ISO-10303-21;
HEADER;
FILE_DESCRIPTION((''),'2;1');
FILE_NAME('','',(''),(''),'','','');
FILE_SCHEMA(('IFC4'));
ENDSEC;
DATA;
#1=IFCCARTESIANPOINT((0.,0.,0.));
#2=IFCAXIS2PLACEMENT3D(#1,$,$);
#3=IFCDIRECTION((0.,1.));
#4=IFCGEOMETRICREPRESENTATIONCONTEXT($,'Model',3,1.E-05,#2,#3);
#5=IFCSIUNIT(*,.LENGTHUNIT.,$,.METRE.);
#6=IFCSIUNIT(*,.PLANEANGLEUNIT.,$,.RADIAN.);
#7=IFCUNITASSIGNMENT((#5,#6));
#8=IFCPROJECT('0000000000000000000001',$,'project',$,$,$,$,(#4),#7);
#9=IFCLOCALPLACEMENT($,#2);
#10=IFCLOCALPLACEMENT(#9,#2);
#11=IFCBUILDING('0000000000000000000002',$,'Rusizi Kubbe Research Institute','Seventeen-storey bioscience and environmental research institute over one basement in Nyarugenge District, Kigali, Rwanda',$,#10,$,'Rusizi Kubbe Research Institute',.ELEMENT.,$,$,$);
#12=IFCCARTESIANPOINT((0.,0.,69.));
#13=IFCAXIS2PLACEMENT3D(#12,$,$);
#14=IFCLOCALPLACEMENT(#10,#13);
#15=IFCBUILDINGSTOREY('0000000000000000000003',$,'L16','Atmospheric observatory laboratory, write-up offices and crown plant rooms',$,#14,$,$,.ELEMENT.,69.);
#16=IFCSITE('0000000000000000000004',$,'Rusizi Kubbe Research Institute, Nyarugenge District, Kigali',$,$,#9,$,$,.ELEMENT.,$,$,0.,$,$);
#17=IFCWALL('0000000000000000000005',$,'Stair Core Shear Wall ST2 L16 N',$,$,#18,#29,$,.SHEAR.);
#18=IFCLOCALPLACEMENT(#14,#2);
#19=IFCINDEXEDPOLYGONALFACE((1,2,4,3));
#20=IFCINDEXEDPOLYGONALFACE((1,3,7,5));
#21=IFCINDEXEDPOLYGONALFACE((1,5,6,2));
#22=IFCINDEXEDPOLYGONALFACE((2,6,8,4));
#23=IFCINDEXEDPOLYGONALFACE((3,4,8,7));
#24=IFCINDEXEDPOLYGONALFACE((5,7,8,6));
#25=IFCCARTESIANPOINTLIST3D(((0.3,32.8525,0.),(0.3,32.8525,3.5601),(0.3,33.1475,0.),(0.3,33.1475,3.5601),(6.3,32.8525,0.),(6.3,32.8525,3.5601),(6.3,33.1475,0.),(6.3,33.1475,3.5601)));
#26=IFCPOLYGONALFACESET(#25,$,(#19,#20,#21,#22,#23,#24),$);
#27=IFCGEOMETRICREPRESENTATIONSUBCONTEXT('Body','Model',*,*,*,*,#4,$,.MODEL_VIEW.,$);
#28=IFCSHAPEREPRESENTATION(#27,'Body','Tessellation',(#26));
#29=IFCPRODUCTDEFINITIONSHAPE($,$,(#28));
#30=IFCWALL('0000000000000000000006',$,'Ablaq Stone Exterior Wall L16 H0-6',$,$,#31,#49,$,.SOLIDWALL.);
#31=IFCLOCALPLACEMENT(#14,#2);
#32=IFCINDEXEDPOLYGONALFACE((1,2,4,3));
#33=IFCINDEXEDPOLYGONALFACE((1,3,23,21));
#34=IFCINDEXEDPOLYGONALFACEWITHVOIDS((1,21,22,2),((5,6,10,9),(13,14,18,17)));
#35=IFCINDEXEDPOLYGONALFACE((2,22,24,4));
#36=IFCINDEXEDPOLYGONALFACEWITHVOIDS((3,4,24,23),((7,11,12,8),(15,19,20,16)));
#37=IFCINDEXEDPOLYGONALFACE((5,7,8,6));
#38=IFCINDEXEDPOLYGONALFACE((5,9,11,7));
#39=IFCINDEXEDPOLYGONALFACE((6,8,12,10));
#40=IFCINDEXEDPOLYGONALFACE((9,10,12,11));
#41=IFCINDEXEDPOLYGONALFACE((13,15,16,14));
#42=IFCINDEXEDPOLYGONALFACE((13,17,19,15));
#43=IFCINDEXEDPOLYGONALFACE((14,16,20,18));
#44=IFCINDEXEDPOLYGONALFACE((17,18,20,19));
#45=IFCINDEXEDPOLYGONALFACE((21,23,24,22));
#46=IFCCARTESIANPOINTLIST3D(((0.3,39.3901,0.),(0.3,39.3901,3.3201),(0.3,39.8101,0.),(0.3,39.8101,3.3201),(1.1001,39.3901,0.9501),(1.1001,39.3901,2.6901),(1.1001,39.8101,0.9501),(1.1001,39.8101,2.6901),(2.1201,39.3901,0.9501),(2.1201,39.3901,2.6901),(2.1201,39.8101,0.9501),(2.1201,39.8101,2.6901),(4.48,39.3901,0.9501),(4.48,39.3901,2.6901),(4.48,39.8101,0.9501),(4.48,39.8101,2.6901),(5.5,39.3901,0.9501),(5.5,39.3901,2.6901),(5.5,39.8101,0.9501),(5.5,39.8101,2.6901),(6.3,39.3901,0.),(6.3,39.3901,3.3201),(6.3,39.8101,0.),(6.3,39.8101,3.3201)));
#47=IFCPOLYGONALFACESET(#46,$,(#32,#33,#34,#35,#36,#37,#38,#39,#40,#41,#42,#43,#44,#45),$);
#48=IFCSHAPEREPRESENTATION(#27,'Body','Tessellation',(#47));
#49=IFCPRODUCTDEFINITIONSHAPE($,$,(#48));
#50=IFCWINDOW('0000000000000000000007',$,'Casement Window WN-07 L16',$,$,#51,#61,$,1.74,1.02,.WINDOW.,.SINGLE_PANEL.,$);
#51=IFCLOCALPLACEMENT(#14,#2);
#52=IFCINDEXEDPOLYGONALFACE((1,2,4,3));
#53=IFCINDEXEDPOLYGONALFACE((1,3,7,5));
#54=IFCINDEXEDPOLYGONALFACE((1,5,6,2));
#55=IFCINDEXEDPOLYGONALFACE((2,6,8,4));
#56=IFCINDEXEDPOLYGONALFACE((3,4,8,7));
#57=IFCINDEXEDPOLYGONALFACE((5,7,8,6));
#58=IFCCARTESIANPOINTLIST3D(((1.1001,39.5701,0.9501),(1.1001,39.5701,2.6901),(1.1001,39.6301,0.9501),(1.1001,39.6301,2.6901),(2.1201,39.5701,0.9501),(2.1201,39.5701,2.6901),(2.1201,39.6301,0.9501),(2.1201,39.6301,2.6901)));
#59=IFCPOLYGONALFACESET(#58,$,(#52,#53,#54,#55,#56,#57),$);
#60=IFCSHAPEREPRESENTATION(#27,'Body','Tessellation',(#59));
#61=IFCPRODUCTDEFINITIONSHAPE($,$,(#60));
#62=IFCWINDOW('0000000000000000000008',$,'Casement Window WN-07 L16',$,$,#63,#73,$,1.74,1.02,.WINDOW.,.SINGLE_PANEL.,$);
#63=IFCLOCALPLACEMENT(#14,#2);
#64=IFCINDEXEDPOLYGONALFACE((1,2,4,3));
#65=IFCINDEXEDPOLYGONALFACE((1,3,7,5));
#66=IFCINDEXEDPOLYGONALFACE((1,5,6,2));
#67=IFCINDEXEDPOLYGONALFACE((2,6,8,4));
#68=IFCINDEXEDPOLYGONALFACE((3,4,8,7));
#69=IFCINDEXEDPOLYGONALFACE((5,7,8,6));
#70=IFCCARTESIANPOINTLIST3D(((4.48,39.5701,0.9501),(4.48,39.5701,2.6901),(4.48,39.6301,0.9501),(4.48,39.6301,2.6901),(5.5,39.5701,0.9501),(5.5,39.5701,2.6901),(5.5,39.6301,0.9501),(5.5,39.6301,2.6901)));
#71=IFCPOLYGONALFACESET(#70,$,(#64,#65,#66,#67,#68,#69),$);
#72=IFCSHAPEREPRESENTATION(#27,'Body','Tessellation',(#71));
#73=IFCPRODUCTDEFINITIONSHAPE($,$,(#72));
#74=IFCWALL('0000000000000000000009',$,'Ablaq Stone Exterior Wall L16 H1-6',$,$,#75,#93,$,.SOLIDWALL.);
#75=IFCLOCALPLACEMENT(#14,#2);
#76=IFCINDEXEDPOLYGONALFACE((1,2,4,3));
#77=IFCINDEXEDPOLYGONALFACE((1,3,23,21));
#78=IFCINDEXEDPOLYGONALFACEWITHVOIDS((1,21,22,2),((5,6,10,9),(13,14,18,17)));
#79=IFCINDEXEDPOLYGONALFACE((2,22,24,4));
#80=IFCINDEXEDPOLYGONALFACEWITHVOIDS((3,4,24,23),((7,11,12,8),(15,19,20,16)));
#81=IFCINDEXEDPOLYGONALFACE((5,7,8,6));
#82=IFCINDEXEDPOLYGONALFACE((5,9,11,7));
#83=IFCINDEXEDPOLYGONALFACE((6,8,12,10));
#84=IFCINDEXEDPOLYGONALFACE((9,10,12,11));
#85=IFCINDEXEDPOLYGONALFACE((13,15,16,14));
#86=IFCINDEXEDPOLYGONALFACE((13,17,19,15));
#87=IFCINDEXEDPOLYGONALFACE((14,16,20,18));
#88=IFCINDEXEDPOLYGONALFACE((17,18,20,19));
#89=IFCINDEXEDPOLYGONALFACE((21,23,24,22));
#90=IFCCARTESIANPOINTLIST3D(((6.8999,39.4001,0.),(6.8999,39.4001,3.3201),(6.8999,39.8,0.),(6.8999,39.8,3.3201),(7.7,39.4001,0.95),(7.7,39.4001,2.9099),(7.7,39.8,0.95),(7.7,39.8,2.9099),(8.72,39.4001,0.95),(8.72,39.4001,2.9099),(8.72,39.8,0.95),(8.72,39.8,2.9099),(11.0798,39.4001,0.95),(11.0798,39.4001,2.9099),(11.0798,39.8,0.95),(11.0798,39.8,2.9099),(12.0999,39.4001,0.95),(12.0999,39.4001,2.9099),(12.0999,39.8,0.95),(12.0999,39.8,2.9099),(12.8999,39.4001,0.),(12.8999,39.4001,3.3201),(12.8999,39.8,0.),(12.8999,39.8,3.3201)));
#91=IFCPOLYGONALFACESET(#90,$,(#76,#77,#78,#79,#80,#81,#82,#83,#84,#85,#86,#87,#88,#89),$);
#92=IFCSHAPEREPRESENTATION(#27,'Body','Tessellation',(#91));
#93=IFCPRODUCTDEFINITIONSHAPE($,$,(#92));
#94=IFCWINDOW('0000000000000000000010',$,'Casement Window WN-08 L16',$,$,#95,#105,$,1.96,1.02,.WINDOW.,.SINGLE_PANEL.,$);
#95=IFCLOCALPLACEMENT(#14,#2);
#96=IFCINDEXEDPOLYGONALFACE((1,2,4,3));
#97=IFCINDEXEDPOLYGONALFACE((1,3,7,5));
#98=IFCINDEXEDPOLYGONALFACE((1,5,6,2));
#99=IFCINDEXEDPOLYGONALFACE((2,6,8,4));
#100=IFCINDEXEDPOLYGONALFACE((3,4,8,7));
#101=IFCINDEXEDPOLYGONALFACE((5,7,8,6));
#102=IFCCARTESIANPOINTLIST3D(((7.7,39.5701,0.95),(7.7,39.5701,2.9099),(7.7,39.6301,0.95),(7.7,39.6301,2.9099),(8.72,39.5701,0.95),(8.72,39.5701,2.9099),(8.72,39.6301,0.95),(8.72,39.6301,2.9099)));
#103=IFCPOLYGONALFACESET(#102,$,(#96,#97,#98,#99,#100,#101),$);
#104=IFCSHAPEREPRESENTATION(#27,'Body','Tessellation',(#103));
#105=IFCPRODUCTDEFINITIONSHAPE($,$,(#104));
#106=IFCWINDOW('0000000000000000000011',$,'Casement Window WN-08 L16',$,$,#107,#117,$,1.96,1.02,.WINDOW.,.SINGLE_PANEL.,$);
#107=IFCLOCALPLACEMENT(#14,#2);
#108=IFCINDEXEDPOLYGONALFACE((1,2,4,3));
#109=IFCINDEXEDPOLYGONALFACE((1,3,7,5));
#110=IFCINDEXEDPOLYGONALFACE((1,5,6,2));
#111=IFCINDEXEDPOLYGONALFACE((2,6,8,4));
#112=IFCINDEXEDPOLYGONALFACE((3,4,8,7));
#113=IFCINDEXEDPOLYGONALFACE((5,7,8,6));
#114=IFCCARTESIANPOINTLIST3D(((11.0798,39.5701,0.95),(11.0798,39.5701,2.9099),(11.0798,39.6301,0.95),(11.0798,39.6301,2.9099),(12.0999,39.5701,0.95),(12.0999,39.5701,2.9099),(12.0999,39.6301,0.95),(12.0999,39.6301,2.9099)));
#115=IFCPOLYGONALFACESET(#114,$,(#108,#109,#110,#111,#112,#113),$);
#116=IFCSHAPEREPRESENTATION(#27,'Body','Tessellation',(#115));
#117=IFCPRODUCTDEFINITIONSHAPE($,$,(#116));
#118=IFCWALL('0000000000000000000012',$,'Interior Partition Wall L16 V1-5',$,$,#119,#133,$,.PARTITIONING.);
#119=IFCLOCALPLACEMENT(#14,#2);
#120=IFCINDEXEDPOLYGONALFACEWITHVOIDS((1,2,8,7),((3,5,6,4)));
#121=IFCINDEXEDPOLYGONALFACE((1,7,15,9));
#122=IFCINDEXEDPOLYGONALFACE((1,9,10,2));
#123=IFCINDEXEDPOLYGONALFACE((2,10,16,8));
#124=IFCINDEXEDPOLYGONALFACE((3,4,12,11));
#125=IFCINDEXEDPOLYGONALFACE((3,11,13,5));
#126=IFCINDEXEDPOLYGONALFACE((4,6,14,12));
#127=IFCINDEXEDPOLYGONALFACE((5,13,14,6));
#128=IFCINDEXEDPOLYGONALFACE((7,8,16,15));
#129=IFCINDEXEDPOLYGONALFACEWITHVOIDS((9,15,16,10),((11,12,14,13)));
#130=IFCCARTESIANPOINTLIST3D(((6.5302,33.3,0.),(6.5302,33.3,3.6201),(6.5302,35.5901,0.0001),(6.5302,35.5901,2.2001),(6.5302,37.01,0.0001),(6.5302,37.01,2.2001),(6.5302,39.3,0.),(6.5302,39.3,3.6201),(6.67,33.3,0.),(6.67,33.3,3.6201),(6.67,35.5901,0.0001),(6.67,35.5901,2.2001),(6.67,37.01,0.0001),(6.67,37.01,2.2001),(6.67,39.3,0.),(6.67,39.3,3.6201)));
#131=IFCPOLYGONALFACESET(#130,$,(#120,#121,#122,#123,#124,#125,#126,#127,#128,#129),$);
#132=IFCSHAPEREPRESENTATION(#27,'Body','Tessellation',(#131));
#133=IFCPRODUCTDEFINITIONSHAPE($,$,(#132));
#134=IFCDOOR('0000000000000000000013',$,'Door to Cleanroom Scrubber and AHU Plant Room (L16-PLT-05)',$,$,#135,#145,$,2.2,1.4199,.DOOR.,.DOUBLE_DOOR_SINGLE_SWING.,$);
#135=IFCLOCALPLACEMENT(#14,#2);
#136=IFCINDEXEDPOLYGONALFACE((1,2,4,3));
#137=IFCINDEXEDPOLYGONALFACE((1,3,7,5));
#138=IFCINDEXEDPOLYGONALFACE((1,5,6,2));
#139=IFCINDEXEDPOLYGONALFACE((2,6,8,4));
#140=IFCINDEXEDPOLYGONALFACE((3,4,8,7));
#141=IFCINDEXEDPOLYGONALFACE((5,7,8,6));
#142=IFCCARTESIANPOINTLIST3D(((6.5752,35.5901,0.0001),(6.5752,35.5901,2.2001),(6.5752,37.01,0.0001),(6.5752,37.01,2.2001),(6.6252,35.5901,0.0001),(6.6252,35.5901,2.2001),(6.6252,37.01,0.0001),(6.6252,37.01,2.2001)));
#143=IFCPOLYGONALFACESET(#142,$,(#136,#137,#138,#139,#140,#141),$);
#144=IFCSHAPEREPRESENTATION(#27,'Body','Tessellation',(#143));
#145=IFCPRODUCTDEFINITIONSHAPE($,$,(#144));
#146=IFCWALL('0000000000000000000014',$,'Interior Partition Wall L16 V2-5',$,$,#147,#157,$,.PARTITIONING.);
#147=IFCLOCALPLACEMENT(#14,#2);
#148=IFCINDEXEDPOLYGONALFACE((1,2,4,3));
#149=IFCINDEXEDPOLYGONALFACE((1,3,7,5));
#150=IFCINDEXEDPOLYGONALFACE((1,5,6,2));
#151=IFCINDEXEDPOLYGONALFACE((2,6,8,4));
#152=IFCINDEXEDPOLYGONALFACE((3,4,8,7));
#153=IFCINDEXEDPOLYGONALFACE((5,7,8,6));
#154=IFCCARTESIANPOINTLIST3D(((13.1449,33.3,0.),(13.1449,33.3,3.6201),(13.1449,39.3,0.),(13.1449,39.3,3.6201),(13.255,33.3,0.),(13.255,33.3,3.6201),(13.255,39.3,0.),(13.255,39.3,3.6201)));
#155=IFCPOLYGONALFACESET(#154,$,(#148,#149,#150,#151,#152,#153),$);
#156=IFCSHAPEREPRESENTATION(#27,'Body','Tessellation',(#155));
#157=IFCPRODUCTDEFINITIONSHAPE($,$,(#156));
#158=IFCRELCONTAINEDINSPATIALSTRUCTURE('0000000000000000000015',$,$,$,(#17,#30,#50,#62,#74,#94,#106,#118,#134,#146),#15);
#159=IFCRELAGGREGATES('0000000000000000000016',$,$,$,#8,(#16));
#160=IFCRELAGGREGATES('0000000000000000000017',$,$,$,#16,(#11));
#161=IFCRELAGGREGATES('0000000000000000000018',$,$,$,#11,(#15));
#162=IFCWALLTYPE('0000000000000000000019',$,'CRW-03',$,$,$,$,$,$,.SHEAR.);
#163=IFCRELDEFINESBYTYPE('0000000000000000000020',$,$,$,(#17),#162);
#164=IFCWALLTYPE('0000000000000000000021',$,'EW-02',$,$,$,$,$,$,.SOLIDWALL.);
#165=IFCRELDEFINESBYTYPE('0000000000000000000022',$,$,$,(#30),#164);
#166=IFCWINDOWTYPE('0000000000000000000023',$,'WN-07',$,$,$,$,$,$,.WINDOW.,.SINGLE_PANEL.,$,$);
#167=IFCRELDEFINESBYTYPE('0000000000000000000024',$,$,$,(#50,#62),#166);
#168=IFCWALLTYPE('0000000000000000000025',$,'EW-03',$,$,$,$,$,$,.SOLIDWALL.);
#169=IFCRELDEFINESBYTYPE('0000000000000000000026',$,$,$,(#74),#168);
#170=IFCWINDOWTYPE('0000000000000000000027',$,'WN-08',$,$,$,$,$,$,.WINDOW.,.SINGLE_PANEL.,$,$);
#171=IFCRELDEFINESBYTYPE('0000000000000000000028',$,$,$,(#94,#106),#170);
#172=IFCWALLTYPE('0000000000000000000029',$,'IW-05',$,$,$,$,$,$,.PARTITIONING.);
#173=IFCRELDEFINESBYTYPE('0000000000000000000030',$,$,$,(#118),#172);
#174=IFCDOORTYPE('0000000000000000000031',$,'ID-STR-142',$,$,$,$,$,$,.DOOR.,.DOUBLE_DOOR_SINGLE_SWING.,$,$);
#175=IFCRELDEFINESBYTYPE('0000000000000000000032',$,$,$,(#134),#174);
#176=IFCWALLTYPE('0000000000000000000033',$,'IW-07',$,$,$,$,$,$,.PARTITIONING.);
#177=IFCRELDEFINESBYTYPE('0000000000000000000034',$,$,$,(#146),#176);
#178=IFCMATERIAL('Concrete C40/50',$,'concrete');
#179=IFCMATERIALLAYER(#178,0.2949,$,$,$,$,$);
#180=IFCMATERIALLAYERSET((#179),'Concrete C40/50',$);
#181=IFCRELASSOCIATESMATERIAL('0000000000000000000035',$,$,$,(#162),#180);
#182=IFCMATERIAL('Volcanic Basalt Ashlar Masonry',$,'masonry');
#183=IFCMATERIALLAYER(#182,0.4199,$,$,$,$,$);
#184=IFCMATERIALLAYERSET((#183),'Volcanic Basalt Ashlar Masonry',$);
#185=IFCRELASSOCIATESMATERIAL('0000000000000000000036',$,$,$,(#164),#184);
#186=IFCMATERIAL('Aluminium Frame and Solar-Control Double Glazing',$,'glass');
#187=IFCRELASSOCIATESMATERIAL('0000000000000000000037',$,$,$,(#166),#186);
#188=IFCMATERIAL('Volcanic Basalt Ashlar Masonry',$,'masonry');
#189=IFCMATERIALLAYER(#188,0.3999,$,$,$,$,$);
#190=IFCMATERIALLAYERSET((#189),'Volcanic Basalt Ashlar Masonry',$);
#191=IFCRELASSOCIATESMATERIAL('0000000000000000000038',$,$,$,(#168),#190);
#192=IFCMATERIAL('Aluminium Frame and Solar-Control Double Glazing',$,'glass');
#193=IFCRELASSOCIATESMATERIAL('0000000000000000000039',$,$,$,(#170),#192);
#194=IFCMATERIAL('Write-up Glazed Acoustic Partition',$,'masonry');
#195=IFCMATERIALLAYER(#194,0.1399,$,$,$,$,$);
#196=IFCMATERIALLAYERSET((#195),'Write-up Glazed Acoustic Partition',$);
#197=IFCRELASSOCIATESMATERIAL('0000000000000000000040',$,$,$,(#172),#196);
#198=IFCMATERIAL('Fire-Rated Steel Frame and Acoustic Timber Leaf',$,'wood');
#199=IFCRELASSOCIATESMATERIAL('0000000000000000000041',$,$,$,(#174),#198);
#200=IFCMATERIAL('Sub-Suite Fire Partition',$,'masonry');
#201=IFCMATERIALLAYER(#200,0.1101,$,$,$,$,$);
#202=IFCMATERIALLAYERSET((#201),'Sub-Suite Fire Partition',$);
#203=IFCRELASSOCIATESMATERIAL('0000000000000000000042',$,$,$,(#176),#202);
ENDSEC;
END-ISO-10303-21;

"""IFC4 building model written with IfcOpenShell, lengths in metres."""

from ifc_helpers import new_model, si_unit, direction, frame, frame_2d, origin, place, context, subcontext, project, spatial, rectangle, extrude, material, layer, layer_set, type_object, element, fill, save


model = new_model("IFC4")

# Units and contexts
model_context = context("Model", 3, precision=1e-05, world=origin(), true_north=direction((0.0, 1.0)))
body_context = subcontext(model_context, "Body", "Model", "MODEL_VIEW")
ifc_project = project(units=[si_unit("LENGTHUNIT", "METRE"), si_unit("PLANEANGLEUNIT", "RADIAN")], contexts=[model_context])

# Site, building, storey
site_placement = place(None, origin())
site = spatial("IfcSite", under=ifc_project, at=site_placement, Name="Rusizi Kubbe Research Institute, Nyarugenge District, Kigali", CompositionType="ELEMENT", RefElevation=0.0)
building_placement = place(site_placement, origin())
building = spatial("IfcBuilding", under=site, at=building_placement, Name="Rusizi Kubbe Research Institute", Description="Seventeen-storey bioscience and environmental research institute over one basement in Nyarugenge District, Kigali, Rwanda", LongName="Rusizi Kubbe Research Institute", CompositionType="ELEMENT")
storey_placement = place(building_placement, frame((0.0, 0.0, 69.0)))
storey = spatial("IfcBuildingStorey", under=building, at=storey_placement, Name="L16", Description="Atmospheric observatory laboratory, write-up offices and crown plant rooms", CompositionType="ELEMENT", Elevation=69.0)

# Wall
ifc_material_1 = material(Name="Concrete C40/50", Category="concrete")
ifc_layer_1 = layer(ifc_material_1, 0.2949)
ifc_layer_set_1 = layer_set([ifc_layer_1], Name="Concrete C40/50")
wall_type_1 = type_object("IfcWallType", Name="CRW-03", PredefinedType="SHEAR", material=ifc_layer_set_1)
wall_1_placement = place(storey_placement, frame((0.3, 33.0, 0.0), z_axis=(0.0, 0.0, 1.0), x_axis=(1.0, 0.0, 0.0)))
element("IfcWall", 1, at=wall_1_placement, inside=storey, type_object=wall_type_1, Name="Stair Core Shear Wall ST2 L16 N", PredefinedType="SHEAR", context=body_context, shape_type="SweptSolid", body=[
    extrude(rectangle(XDim=6.0, YDim=0.2949, at=frame_2d((3.0, 0.0))), origin(), (0.0, 0.0, 1.0), 3.5601),
])

# Walls, openings, windows
ifc_material_2 = material(Name="Volcanic Basalt Ashlar Masonry", Category="masonry")
ifc_layer_2 = layer(ifc_material_2, 0.4199)
ifc_layer_set_2 = layer_set([ifc_layer_2], Name="Volcanic Basalt Ashlar Masonry")
wall_type_2 = type_object("IfcWallType", Name="EW-02", PredefinedType="SOLIDWALL", material=ifc_layer_set_2)
wall_2_placement = place(storey_placement, frame((0.3, 39.6001, 0.0), z_axis=(0.0, 0.0, 1.0), x_axis=(1.0, 0.0, 0.0)))
wall_2 = element("IfcWall", 2, at=wall_2_placement, inside=storey, type_object=wall_type_2, Name="Ablaq Stone Exterior Wall L16 H0-6", PredefinedType="SOLIDWALL", context=body_context, shape_type="SweptSolid", body=[
    extrude(rectangle(XDim=6.0, YDim=0.4199, at=frame_2d((3.0, 0.0))), origin(), (0.0, 0.0, 1.0), 3.3201),
])
opening_1_placement = place(wall_2_placement, frame((0.8, 0.0, 0.95)))
opening_1 = element("IfcOpeningElement", 3, at=opening_1_placement, cuts=wall_2, PredefinedType="OPENING", context=body_context, shape_type="SweptSolid", body=[
    extrude(rectangle(XDim=1.02, YDim=1.74, at=frame_2d((0.51, 0.8701))), frame((0.0, 0.22, 0.0), z_axis=(0.0, -1.0, 0.0), x_axis=(1.0, 0.0, 0.0)), (0.0, 0.0, 1.0), 0.4399),
])
opening_2_placement = place(wall_2_placement, frame((4.1799, 0.0, 0.95)))
opening_2 = element("IfcOpeningElement", 4, at=opening_2_placement, cuts=wall_2, PredefinedType="OPENING", context=body_context, shape_type="SweptSolid", body=[
    extrude(rectangle(XDim=1.02, YDim=1.74, at=frame_2d((0.51, 0.8701))), frame((0.0, 0.22, 0.0), z_axis=(0.0, -1.0, 0.0), x_axis=(1.0, 0.0, 0.0)), (0.0, 0.0, 1.0), 0.4399),
])
ifc_material_3 = material(Name="Aluminium Frame and Solar-Control Double Glazing", Category="glass")
window_type_1 = type_object("IfcWindowType", Name="WN-07", PartitioningType="SINGLE_PANEL", PredefinedType="WINDOW", material=ifc_material_3)
window_1_placement = place(opening_1_placement, origin())
window_1 = element("IfcWindow", 5, at=window_1_placement, inside=storey, type_object=window_type_1, Name="Casement Window WN-07 L16", OverallHeight=1.74, OverallWidth=1.02, PartitioningType="SINGLE_PANEL", PredefinedType="WINDOW", context=body_context, shape_type="SweptSolid", body=[
    extrude(rectangle(XDim=1.02, YDim=1.74, at=frame_2d((0.51, 0.8701))), frame((0.0, 0.03, 0.0), z_axis=(0.0, -1.0, 0.0), x_axis=(1.0, 0.0, 0.0)), (0.0, 0.0, 1.0), 0.0601),
])
fill(opening_1, window_1)
window_2_placement = place(opening_2_placement, origin())
window_2 = element("IfcWindow", 6, at=window_2_placement, inside=storey, type_object=window_type_1, Name="Casement Window WN-07 L16", OverallHeight=1.74, OverallWidth=1.02, PartitioningType="SINGLE_PANEL", PredefinedType="WINDOW", context=body_context, shape_type="SweptSolid", body=[
    extrude(rectangle(XDim=1.02, YDim=1.74, at=frame_2d((0.51, 0.8701))), frame((0.0, 0.03, 0.0), z_axis=(0.0, -1.0, 0.0), x_axis=(1.0, 0.0, 0.0)), (0.0, 0.0, 1.0), 0.0601),
])
fill(opening_2, window_2)
ifc_material_4 = material(Name="Volcanic Basalt Ashlar Masonry", Category="masonry")
ifc_layer_3 = layer(ifc_material_4, 0.3999)
ifc_layer_set_3 = layer_set([ifc_layer_3], Name="Volcanic Basalt Ashlar Masonry")
wall_type_3 = type_object("IfcWallType", Name="EW-03", PredefinedType="SOLIDWALL", material=ifc_layer_set_3)
wall_3_placement = place(storey_placement, frame((6.8999, 39.6001, 0.0), z_axis=(0.0, 0.0, 1.0), x_axis=(1.0, 0.0, 0.0)))
wall_3 = element("IfcWall", 7, at=wall_3_placement, inside=storey, type_object=wall_type_3, Name="Ablaq Stone Exterior Wall L16 H1-6", PredefinedType="SOLIDWALL", context=body_context, shape_type="SweptSolid", body=[
    extrude(rectangle(XDim=6.0, YDim=0.3999, at=frame_2d((3.0, 0.0))), origin(), (0.0, 0.0, 1.0), 3.3201),
])
opening_3_placement = place(wall_3_placement, frame((0.8, 0.0, 0.95)))
opening_3 = element("IfcOpeningElement", 8, at=opening_3_placement, cuts=wall_3, PredefinedType="OPENING", context=body_context, shape_type="SweptSolid", body=[
    extrude(rectangle(XDim=1.02, YDim=1.96, at=frame_2d((0.51, 0.98))), frame((0.0, 0.21, 0.0), z_axis=(0.0, -1.0, 0.0), x_axis=(1.0, 0.0, 0.0)), (0.0, 0.0, 1.0), 0.4199),
])
opening_4_placement = place(wall_3_placement, frame((4.1799, 0.0, 0.95)))
opening_4 = element("IfcOpeningElement", 9, at=opening_4_placement, cuts=wall_3, PredefinedType="OPENING", context=body_context, shape_type="SweptSolid", body=[
    extrude(rectangle(XDim=1.02, YDim=1.96, at=frame_2d((0.51, 0.98))), frame((0.0, 0.21, 0.0), z_axis=(0.0, -1.0, 0.0), x_axis=(1.0, 0.0, 0.0)), (0.0, 0.0, 1.0), 0.4199),
])
ifc_material_5 = material(Name="Aluminium Frame and Solar-Control Double Glazing", Category="glass")
window_type_2 = type_object("IfcWindowType", Name="WN-08", PartitioningType="SINGLE_PANEL", PredefinedType="WINDOW", material=ifc_material_5)
window_3_placement = place(opening_3_placement, origin())
window_3 = element("IfcWindow", 10, at=window_3_placement, inside=storey, type_object=window_type_2, Name="Casement Window WN-08 L16", OverallHeight=1.96, OverallWidth=1.02, PartitioningType="SINGLE_PANEL", PredefinedType="WINDOW", context=body_context, shape_type="SweptSolid", body=[
    extrude(rectangle(XDim=1.02, YDim=1.96, at=frame_2d((0.51, 0.98))), frame((0.0, 0.03, 0.0), z_axis=(0.0, -1.0, 0.0), x_axis=(1.0, 0.0, 0.0)), (0.0, 0.0, 1.0), 0.0601),
])
fill(opening_3, window_3)
window_4_placement = place(opening_4_placement, origin())
window_4 = element("IfcWindow", 11, at=window_4_placement, inside=storey, type_object=window_type_2, Name="Casement Window WN-08 L16", OverallHeight=1.96, OverallWidth=1.02, PartitioningType="SINGLE_PANEL", PredefinedType="WINDOW", context=body_context, shape_type="SweptSolid", body=[
    extrude(rectangle(XDim=1.02, YDim=1.96, at=frame_2d((0.51, 0.98))), frame((0.0, 0.03, 0.0), z_axis=(0.0, -1.0, 0.0), x_axis=(1.0, 0.0, 0.0)), (0.0, 0.0, 1.0), 0.0601),
])
fill(opening_4, window_4)

# Wall, opening, door
ifc_material_6 = material(Name="Write-up Glazed Acoustic Partition", Category="masonry")
ifc_layer_4 = layer(ifc_material_6, 0.1399)
ifc_layer_set_4 = layer_set([ifc_layer_4], Name="Write-up Glazed Acoustic Partition")
wall_type_4 = type_object("IfcWallType", Name="IW-05", PredefinedType="PARTITIONING", material=ifc_layer_set_4)
wall_4_placement = place(storey_placement, frame((6.6001, 33.3, 0.0), z_axis=(0.0, 0.0, 1.0), x_axis=(0.0, 1.0, 0.0)))
wall_4 = element("IfcWall", 12, at=wall_4_placement, inside=storey, type_object=wall_type_4, Name="Interior Partition Wall L16 V1-5", PredefinedType="PARTITIONING", context=body_context, shape_type="SweptSolid", body=[
    extrude(rectangle(XDim=6.0, YDim=0.1399, at=frame_2d((3.0, 0.0))), origin(), (0.0, 0.0, 1.0), 3.6201),
])
opening_5_placement = place(wall_4_placement, frame((2.29, 0.0, 0.0)))
opening_5 = element("IfcOpeningElement", 13, at=opening_5_placement, cuts=wall_4, PredefinedType="OPENING", context=body_context, shape_type="SweptSolid", body=[
    extrude(rectangle(XDim=1.4199, YDim=2.2, at=frame_2d((0.71, 1.1001))), frame((0.0, 0.0798, 0.0), z_axis=(0.0, -1.0, 0.0), x_axis=(1.0, 0.0, 0.0)), (0.0, 0.0, 1.0), 0.1599),
])
ifc_material_7 = material(Name="Fire-Rated Steel Frame and Acoustic Timber Leaf", Category="wood")
door_type = type_object("IfcDoorType", Name="ID-STR-142", OperationType="DOUBLE_DOOR_SINGLE_SWING", PredefinedType="DOOR", material=ifc_material_7)
door_placement = place(opening_5_placement, origin())
door = element("IfcDoor", 14, at=door_placement, inside=storey, type_object=door_type, Name="Door to Cleanroom Scrubber and AHU Plant Room (L16-PLT-05)", OperationType="DOUBLE_DOOR_SINGLE_SWING", OverallHeight=2.2, OverallWidth=1.4199, PredefinedType="DOOR", context=body_context, shape_type="SweptSolid", body=[
    extrude(rectangle(XDim=1.4199, YDim=2.2, at=frame_2d((0.71, 1.1001))), frame((0.0, 0.0249, 0.0), z_axis=(0.0, -1.0, 0.0), x_axis=(1.0, 0.0, 0.0)), (0.0, 0.0, 1.0), 0.05),
])
fill(opening_5, door)

# Wall
ifc_material_8 = material(Name="Sub-Suite Fire Partition", Category="masonry")
ifc_layer_5 = layer(ifc_material_8, 0.1101)
ifc_layer_set_5 = layer_set([ifc_layer_5], Name="Sub-Suite Fire Partition")
wall_type_5 = type_object("IfcWallType", Name="IW-07", PredefinedType="PARTITIONING", material=ifc_layer_set_5)
wall_5_placement = place(storey_placement, frame((13.2, 33.3, 0.0), z_axis=(0.0, 0.0, 1.0), x_axis=(0.0, 1.0, 0.0)))
element("IfcWall", 15, at=wall_5_placement, inside=storey, type_object=wall_type_5, Name="Interior Partition Wall L16 V2-5", PredefinedType="PARTITIONING", context=body_context, shape_type="SweptSolid", body=[
    extrude(rectangle(XDim=6.0, YDim=0.1101, at=frame_2d((3.0, 0.0))), origin(), (0.0, 0.0, 1.0), 3.6201),
])

save(model, "model.ifc")
